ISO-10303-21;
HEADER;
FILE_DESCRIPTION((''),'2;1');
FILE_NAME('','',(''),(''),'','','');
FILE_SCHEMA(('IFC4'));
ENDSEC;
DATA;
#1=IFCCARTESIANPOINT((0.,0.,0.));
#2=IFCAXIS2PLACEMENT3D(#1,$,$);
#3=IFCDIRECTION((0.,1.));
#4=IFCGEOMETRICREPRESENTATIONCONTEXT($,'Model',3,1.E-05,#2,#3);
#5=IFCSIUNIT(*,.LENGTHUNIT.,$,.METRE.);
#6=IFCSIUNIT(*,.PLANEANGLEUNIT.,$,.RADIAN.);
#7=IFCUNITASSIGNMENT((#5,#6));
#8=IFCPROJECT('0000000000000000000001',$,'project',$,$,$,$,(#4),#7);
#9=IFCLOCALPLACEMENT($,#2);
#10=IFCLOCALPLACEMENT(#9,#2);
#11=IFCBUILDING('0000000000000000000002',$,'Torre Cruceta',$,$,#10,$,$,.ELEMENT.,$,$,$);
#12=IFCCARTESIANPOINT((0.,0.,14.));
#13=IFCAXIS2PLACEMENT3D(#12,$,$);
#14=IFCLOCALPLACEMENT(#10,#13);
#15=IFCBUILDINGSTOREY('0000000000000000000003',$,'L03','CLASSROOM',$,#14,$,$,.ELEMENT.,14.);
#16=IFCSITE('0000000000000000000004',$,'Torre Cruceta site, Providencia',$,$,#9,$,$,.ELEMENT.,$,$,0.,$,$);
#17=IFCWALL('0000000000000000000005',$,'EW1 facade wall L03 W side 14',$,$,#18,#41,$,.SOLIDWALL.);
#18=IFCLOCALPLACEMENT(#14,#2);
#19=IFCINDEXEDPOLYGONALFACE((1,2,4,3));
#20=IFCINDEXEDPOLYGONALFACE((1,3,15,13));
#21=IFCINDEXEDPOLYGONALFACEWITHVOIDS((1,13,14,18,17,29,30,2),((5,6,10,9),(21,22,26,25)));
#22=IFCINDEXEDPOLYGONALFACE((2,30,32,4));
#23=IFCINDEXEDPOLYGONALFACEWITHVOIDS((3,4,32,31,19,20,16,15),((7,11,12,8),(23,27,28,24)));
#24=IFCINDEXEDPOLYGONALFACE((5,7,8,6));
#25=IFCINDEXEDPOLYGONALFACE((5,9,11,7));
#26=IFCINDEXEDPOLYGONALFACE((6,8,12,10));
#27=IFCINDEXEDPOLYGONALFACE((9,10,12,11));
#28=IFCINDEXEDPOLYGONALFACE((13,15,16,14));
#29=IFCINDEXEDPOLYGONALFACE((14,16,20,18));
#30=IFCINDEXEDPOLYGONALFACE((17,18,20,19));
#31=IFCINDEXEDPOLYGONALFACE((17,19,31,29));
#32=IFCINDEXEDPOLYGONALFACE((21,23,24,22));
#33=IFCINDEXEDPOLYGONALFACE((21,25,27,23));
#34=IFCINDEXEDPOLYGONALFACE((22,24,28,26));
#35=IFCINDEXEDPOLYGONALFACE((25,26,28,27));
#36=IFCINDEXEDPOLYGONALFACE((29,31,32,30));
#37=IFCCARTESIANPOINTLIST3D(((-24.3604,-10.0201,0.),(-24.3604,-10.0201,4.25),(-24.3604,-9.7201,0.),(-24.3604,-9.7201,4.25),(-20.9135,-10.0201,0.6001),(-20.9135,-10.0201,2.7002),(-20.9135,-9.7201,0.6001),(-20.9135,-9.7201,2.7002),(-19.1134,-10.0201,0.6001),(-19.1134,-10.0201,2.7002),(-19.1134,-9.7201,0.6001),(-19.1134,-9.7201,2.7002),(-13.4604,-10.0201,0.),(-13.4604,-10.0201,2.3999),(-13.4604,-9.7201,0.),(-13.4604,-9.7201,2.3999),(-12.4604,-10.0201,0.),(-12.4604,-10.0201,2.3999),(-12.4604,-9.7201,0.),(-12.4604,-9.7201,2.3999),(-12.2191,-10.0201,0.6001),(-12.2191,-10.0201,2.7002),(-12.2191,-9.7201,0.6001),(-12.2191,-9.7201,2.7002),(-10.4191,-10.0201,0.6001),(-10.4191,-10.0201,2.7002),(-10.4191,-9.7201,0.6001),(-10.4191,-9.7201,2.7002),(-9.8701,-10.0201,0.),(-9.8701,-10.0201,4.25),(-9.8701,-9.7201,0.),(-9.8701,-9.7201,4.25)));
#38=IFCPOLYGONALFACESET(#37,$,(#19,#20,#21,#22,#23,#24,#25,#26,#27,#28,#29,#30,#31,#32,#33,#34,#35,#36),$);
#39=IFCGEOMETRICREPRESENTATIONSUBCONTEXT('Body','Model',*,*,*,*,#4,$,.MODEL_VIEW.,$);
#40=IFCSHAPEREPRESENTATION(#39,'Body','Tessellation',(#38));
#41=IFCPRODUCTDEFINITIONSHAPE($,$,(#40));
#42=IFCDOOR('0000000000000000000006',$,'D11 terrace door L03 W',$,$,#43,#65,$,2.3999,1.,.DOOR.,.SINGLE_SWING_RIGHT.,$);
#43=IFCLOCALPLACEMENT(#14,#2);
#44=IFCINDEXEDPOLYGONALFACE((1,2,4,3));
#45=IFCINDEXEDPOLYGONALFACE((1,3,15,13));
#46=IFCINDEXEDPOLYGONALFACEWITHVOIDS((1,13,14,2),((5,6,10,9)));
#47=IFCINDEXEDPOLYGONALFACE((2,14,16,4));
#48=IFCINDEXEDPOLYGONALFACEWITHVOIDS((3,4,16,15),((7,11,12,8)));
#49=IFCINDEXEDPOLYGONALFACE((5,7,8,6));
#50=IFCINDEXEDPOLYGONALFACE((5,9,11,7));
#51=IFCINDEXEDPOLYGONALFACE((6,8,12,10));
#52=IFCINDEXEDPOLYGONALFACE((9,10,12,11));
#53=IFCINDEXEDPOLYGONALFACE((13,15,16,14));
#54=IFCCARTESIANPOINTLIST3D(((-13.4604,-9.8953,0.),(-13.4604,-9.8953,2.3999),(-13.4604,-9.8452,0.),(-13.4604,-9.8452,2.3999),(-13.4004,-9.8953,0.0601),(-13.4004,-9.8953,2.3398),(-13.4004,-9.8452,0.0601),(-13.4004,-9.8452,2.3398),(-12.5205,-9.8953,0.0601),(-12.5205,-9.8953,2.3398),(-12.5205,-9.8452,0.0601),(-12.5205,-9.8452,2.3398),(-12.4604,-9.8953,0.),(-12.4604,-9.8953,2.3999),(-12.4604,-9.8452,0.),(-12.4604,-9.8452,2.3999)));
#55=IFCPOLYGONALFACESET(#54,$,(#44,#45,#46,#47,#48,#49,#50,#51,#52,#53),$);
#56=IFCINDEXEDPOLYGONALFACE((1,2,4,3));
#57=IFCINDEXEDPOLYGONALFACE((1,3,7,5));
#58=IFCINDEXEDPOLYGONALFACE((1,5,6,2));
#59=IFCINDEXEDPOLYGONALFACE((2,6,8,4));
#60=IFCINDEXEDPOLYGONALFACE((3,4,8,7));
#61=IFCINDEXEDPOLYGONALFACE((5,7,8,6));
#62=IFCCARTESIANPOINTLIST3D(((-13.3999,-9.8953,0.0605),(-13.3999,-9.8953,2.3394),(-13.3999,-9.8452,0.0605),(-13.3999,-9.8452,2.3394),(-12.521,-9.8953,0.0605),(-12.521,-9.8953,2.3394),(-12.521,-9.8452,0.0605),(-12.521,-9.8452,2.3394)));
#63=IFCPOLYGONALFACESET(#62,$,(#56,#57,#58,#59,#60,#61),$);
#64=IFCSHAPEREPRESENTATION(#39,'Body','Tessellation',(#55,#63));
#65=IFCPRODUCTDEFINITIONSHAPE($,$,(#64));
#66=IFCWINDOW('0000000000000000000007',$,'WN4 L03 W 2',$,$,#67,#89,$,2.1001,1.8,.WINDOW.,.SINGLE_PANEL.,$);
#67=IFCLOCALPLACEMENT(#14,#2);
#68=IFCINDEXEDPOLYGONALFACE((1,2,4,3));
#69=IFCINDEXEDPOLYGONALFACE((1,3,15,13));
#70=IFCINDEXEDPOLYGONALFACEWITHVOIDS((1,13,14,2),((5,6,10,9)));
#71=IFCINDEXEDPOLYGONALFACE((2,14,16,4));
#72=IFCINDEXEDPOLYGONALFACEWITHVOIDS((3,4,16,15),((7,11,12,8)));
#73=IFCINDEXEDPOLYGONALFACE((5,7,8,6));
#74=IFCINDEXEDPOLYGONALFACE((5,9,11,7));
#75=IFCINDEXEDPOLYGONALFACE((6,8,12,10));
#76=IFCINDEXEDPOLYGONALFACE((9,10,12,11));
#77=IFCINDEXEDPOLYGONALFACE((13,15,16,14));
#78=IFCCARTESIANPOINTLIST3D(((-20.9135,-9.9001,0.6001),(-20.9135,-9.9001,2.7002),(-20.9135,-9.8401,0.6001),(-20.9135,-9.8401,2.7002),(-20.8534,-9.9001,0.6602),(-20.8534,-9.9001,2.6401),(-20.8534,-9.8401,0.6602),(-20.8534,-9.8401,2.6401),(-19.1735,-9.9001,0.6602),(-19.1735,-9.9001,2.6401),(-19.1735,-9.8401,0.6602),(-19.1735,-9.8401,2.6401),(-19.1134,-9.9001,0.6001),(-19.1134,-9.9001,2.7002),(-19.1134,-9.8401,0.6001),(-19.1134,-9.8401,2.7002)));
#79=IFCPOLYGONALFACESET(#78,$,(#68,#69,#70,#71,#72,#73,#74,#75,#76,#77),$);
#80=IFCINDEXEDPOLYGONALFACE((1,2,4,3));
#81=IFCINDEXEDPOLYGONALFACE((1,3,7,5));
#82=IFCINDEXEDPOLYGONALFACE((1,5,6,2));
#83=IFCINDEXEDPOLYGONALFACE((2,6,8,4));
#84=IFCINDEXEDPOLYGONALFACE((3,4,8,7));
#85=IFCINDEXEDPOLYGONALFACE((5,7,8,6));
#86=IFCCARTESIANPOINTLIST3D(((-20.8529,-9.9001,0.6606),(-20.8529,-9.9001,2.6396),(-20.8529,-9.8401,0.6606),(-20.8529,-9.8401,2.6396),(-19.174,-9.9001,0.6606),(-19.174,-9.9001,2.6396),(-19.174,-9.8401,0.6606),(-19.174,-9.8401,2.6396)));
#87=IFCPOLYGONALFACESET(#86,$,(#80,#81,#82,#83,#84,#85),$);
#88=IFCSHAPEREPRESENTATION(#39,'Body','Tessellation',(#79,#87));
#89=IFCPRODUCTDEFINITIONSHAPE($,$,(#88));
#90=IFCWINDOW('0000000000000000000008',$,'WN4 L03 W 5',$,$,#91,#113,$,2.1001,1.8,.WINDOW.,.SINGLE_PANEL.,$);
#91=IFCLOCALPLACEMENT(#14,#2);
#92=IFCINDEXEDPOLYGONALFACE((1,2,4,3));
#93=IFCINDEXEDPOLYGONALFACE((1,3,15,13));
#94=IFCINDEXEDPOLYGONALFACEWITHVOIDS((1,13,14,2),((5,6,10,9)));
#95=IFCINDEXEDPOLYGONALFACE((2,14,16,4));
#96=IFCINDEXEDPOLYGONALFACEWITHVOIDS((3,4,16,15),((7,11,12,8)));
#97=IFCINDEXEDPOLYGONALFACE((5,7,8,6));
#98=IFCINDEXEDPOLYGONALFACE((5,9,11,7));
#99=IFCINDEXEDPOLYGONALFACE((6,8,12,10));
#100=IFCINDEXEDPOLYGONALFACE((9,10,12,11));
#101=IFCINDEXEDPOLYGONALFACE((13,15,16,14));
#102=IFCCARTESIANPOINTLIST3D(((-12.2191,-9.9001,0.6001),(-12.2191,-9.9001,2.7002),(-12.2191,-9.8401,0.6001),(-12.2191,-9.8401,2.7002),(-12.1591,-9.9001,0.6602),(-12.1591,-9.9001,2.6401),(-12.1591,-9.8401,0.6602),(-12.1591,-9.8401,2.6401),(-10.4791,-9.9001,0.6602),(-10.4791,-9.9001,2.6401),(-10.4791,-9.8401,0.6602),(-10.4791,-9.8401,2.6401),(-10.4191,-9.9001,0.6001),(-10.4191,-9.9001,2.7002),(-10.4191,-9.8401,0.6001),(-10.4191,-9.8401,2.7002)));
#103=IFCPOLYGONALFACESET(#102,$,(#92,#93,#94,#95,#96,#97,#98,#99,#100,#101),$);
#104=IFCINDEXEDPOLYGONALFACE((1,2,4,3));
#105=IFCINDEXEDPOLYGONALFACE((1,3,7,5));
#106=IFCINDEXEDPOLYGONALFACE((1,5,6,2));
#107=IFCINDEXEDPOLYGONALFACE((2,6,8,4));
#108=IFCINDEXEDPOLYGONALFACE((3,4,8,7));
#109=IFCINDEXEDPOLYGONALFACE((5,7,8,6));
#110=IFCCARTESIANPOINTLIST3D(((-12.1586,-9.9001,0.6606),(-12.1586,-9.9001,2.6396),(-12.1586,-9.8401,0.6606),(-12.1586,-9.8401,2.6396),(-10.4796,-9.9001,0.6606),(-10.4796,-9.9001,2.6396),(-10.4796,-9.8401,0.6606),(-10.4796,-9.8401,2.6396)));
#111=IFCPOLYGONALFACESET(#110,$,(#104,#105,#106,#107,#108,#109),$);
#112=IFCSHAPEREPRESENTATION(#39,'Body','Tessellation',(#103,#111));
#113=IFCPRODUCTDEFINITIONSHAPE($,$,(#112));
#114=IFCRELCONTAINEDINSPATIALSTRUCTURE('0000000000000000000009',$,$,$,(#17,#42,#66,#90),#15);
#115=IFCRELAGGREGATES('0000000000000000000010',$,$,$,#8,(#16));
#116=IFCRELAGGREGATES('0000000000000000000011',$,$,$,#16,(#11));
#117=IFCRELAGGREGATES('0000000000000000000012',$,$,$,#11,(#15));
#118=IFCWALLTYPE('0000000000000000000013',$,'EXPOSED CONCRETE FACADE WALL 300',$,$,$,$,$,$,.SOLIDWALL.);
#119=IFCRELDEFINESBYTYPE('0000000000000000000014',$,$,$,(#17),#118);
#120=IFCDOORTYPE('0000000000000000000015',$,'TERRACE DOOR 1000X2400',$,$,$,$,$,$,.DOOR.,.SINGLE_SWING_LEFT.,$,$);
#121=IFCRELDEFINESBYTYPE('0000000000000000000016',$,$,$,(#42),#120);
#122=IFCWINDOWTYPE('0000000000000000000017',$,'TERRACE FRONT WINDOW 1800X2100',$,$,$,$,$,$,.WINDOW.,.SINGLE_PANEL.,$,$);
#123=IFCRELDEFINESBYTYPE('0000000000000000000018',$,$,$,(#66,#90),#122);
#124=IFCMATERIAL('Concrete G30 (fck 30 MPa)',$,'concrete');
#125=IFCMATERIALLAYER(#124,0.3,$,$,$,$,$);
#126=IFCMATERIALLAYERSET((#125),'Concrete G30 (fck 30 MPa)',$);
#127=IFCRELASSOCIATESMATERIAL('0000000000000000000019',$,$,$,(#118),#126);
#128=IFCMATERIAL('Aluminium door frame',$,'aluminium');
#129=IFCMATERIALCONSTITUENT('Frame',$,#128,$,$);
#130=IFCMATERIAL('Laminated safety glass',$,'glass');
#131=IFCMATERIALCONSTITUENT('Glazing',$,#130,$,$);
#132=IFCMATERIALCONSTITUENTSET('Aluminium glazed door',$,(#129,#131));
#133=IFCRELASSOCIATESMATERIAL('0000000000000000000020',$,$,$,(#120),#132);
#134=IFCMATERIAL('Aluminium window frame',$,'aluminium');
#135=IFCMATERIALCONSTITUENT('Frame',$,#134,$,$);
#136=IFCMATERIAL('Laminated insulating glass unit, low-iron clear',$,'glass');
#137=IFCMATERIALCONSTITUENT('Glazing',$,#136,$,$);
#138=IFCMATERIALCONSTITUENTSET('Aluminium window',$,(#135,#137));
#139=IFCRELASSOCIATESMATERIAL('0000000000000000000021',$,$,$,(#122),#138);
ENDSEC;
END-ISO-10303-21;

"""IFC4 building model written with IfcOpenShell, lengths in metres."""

from ifc_helpers import new_model, si_unit, direction, frame, frame_2d, origin, place, context, subcontext, project, spatial, rectangle, hollow_rectangle, extrude, material, layer, layer_set, constituent, constituent_set, type_object, element, fill, save


model = new_model("IFC4")

# Units and contexts
model_context = context("Model", 3, precision=1e-05, world=origin(), true_north=direction((0.0, 1.0)))
body_context = subcontext(model_context, "Body", "Model", "MODEL_VIEW")
ifc_project = project(units=[si_unit("LENGTHUNIT", "METRE"), si_unit("PLANEANGLEUNIT", "RADIAN")], contexts=[model_context])

# Site, building, storey
site_placement = place(None, origin())
site = spatial("IfcSite", under=ifc_project, at=site_placement, Name="Torre Cruceta site, Providencia", CompositionType="ELEMENT", RefElevation=0.0)
building_placement = place(site_placement, origin())
building = spatial("IfcBuilding", under=site, at=building_placement, Name="Torre Cruceta", CompositionType="ELEMENT")
storey_placement = place(building_placement, frame((0.0, 0.0, 14.0)))
storey = spatial("IfcBuildingStorey", under=building, at=storey_placement, Name="L03", Description="CLASSROOM", CompositionType="ELEMENT", Elevation=14.0)

# Shared definitions
ifc_material_1 = material(Name="Concrete G30 (fck 30 MPa)", Category="concrete")
ifc_layer_1 = layer(ifc_material_1, 0.3)
ifc_layer_set_1 = layer_set([ifc_layer_1], Name="Concrete G30 (fck 30 MPa)")
wall_type_1 = type_object("IfcWallType", Name="EXPOSED CONCRETE FACADE WALL 300", PredefinedType="SOLIDWALL", material=ifc_layer_set_1)

# Wall, openings, door, windows
wall_1_placement = place(storey_placement, frame((-24.3604, -9.8701, 0.0), z_axis=(0.0, 0.0, 1.0), x_axis=(1.0, 0.0, 0.0)))
wall_1 = element("IfcWall", 1, at=wall_1_placement, inside=storey, type_object=wall_type_1, Name="EW1 facade wall L03 W side 14", PredefinedType="SOLIDWALL", context=body_context, shape_type="SweptSolid", body=[
    extrude(rectangle(XDim=14.4902, YDim=0.3, at=frame_2d((7.2451, 0.0))), origin(), (0.0, 0.0, 1.0), 4.25),
])
opening_1_placement = place(wall_1_placement, frame((10.8999, 0.0, 0.0)))
opening_1 = element("IfcOpeningElement", 2, at=opening_1_placement, cuts=wall_1, PredefinedType="OPENING", context=body_context, shape_type="SweptSolid", body=[
    extrude(rectangle(XDim=1.0, YDim=2.3999, at=frame_2d((0.5, 1.2))), frame((0.0, 0.1599, 0.0), z_axis=(0.0, -1.0, 0.0), x_axis=(1.0, 0.0, 0.0)), (0.0, 0.0, 1.0), 0.3201),
])
opening_2_placement = place(wall_1_placement, frame((3.447, 0.0, 0.6001)))
opening_2 = element("IfcOpeningElement", 3, at=opening_2_placement, cuts=wall_1, PredefinedType="OPENING", context=body_context, shape_type="SweptSolid", body=[
    extrude(rectangle(XDim=1.8, YDim=2.1001, at=frame_2d((0.8999, 1.05))), frame((0.0, 0.1599, 0.0), z_axis=(0.0, -1.0, 0.0), x_axis=(1.0, 0.0, 0.0)), (0.0, 0.0, 1.0), 0.3201),
])
opening_3_placement = place(wall_1_placement, frame((12.1414, 0.0, 0.6001)))
opening_3 = element("IfcOpeningElement", 4, at=opening_3_placement, cuts=wall_1, PredefinedType="OPENING", context=body_context, shape_type="SweptSolid", body=[
    extrude(rectangle(XDim=1.8, YDim=2.1001, at=frame_2d((0.8999, 1.05))), frame((0.0, 0.1599, 0.0), z_axis=(0.0, -1.0, 0.0), x_axis=(1.0, 0.0, 0.0)), (0.0, 0.0, 1.0), 0.3201),
])
ifc_material_2 = material(Name="Aluminium door frame", Category="aluminium")
ifc_constituent_1 = constituent(ifc_material_2, Name="Frame")
ifc_material_3 = material(Name="Laminated safety glass", Category="glass")
ifc_constituent_2 = constituent(ifc_material_3, Name="Glazing")
ifc_constituent_set_1 = constituent_set(constituents=[ifc_constituent_1, ifc_constituent_2], Name="Aluminium glazed door")
door_type = type_object("IfcDoorType", Name="TERRACE DOOR 1000X2400", OperationType="SINGLE_SWING_LEFT", PredefinedType="DOOR", material=ifc_constituent_set_1)
door_1_placement = place(opening_1_placement, origin())
door_1 = element("IfcDoor", 5, at=door_1_placement, inside=storey, type_object=door_type, Name="D11 terrace door L03 W", OperationType="SINGLE_SWING_RIGHT", OverallHeight=2.3999, OverallWidth=1.0, PredefinedType="DOOR", context=body_context, shape_type="SweptSolid", body=[
    extrude(hollow_rectangle(XDim=1.0, YDim=2.3999, WallThickness=0.0601, at=frame_2d((0.5, 1.2))), frame((0.0, 0.0249, 0.0), z_axis=(0.0, -1.0, 0.0), x_axis=(1.0, 0.0, 0.0)), (0.0, 0.0, 1.0), 0.05),
    extrude(rectangle(XDim=0.8789, YDim=2.2788, at=frame_2d((0.5, 1.2))), frame((0.0, 0.0249, 0.0), z_axis=(0.0, -1.0, 0.0), x_axis=(1.0, 0.0, 0.0)), (0.0, 0.0, 1.0), 0.05),
])
fill(opening_1, door_1)
ifc_material_4 = material(Name="Aluminium window frame", Category="aluminium")
ifc_constituent_3 = constituent(ifc_material_4, Name="Frame")
ifc_material_5 = material(Name="Laminated insulating glass unit, low-iron clear", Category="glass")
ifc_constituent_4 = constituent(ifc_material_5, Name="Glazing")
ifc_constituent_set_2 = constituent_set(constituents=[ifc_constituent_3, ifc_constituent_4], Name="Aluminium window")
window_type = type_object("IfcWindowType", Name="TERRACE FRONT WINDOW 1800X2100", PartitioningType="SINGLE_PANEL", PredefinedType="WINDOW", material=ifc_constituent_set_2)
window_1_placement = place(opening_2_placement, origin())
window_1 = element("IfcWindow", 6, at=window_1_placement, inside=storey, type_object=window_type, Name="WN4 L03 W 2", OverallHeight=2.1001, OverallWidth=1.8, PartitioningType="SINGLE_PANEL", PredefinedType="WINDOW", context=body_context, shape_type="SweptSolid", body=[
    extrude(hollow_rectangle(XDim=1.8, YDim=2.1001, WallThickness=0.0601, at=frame_2d((0.8999, 1.05))), frame((0.0, 0.03, 0.0), z_axis=(0.0, -1.0, 0.0), x_axis=(1.0, 0.0, 0.0)), (0.0, 0.0, 1.0), 0.0601),
    extrude(rectangle(XDim=1.679, YDim=1.979, at=frame_2d((0.8999, 1.05))), frame((0.0, 0.03, 0.0), z_axis=(0.0, -1.0, 0.0), x_axis=(1.0, 0.0, 0.0)), (0.0, 0.0, 1.0), 0.0601),
])
fill(opening_2, window_1)
window_2_placement = place(opening_3_placement, origin())
window_2 = element("IfcWindow", 7, at=window_2_placement, inside=storey, type_object=window_type, Name="WN4 L03 W 5", OverallHeight=2.1001, OverallWidth=1.8, PartitioningType="SINGLE_PANEL", PredefinedType="WINDOW", context=body_context, shape_type="SweptSolid", body=[
    extrude(hollow_rectangle(XDim=1.8, YDim=2.1001, WallThickness=0.0601, at=frame_2d((0.8999, 1.05))), frame((0.0, 0.03, 0.0), z_axis=(0.0, -1.0, 0.0), x_axis=(1.0, 0.0, 0.0)), (0.0, 0.0, 1.0), 0.0601),
    extrude(rectangle(XDim=1.679, YDim=1.979, at=frame_2d((0.8999, 1.05))), frame((0.0, 0.03, 0.0), z_axis=(0.0, -1.0, 0.0), x_axis=(1.0, 0.0, 0.0)), (0.0, 0.0, 1.0), 0.0601),
])
fill(opening_3, window_2)

save(model, "model.ifc")
